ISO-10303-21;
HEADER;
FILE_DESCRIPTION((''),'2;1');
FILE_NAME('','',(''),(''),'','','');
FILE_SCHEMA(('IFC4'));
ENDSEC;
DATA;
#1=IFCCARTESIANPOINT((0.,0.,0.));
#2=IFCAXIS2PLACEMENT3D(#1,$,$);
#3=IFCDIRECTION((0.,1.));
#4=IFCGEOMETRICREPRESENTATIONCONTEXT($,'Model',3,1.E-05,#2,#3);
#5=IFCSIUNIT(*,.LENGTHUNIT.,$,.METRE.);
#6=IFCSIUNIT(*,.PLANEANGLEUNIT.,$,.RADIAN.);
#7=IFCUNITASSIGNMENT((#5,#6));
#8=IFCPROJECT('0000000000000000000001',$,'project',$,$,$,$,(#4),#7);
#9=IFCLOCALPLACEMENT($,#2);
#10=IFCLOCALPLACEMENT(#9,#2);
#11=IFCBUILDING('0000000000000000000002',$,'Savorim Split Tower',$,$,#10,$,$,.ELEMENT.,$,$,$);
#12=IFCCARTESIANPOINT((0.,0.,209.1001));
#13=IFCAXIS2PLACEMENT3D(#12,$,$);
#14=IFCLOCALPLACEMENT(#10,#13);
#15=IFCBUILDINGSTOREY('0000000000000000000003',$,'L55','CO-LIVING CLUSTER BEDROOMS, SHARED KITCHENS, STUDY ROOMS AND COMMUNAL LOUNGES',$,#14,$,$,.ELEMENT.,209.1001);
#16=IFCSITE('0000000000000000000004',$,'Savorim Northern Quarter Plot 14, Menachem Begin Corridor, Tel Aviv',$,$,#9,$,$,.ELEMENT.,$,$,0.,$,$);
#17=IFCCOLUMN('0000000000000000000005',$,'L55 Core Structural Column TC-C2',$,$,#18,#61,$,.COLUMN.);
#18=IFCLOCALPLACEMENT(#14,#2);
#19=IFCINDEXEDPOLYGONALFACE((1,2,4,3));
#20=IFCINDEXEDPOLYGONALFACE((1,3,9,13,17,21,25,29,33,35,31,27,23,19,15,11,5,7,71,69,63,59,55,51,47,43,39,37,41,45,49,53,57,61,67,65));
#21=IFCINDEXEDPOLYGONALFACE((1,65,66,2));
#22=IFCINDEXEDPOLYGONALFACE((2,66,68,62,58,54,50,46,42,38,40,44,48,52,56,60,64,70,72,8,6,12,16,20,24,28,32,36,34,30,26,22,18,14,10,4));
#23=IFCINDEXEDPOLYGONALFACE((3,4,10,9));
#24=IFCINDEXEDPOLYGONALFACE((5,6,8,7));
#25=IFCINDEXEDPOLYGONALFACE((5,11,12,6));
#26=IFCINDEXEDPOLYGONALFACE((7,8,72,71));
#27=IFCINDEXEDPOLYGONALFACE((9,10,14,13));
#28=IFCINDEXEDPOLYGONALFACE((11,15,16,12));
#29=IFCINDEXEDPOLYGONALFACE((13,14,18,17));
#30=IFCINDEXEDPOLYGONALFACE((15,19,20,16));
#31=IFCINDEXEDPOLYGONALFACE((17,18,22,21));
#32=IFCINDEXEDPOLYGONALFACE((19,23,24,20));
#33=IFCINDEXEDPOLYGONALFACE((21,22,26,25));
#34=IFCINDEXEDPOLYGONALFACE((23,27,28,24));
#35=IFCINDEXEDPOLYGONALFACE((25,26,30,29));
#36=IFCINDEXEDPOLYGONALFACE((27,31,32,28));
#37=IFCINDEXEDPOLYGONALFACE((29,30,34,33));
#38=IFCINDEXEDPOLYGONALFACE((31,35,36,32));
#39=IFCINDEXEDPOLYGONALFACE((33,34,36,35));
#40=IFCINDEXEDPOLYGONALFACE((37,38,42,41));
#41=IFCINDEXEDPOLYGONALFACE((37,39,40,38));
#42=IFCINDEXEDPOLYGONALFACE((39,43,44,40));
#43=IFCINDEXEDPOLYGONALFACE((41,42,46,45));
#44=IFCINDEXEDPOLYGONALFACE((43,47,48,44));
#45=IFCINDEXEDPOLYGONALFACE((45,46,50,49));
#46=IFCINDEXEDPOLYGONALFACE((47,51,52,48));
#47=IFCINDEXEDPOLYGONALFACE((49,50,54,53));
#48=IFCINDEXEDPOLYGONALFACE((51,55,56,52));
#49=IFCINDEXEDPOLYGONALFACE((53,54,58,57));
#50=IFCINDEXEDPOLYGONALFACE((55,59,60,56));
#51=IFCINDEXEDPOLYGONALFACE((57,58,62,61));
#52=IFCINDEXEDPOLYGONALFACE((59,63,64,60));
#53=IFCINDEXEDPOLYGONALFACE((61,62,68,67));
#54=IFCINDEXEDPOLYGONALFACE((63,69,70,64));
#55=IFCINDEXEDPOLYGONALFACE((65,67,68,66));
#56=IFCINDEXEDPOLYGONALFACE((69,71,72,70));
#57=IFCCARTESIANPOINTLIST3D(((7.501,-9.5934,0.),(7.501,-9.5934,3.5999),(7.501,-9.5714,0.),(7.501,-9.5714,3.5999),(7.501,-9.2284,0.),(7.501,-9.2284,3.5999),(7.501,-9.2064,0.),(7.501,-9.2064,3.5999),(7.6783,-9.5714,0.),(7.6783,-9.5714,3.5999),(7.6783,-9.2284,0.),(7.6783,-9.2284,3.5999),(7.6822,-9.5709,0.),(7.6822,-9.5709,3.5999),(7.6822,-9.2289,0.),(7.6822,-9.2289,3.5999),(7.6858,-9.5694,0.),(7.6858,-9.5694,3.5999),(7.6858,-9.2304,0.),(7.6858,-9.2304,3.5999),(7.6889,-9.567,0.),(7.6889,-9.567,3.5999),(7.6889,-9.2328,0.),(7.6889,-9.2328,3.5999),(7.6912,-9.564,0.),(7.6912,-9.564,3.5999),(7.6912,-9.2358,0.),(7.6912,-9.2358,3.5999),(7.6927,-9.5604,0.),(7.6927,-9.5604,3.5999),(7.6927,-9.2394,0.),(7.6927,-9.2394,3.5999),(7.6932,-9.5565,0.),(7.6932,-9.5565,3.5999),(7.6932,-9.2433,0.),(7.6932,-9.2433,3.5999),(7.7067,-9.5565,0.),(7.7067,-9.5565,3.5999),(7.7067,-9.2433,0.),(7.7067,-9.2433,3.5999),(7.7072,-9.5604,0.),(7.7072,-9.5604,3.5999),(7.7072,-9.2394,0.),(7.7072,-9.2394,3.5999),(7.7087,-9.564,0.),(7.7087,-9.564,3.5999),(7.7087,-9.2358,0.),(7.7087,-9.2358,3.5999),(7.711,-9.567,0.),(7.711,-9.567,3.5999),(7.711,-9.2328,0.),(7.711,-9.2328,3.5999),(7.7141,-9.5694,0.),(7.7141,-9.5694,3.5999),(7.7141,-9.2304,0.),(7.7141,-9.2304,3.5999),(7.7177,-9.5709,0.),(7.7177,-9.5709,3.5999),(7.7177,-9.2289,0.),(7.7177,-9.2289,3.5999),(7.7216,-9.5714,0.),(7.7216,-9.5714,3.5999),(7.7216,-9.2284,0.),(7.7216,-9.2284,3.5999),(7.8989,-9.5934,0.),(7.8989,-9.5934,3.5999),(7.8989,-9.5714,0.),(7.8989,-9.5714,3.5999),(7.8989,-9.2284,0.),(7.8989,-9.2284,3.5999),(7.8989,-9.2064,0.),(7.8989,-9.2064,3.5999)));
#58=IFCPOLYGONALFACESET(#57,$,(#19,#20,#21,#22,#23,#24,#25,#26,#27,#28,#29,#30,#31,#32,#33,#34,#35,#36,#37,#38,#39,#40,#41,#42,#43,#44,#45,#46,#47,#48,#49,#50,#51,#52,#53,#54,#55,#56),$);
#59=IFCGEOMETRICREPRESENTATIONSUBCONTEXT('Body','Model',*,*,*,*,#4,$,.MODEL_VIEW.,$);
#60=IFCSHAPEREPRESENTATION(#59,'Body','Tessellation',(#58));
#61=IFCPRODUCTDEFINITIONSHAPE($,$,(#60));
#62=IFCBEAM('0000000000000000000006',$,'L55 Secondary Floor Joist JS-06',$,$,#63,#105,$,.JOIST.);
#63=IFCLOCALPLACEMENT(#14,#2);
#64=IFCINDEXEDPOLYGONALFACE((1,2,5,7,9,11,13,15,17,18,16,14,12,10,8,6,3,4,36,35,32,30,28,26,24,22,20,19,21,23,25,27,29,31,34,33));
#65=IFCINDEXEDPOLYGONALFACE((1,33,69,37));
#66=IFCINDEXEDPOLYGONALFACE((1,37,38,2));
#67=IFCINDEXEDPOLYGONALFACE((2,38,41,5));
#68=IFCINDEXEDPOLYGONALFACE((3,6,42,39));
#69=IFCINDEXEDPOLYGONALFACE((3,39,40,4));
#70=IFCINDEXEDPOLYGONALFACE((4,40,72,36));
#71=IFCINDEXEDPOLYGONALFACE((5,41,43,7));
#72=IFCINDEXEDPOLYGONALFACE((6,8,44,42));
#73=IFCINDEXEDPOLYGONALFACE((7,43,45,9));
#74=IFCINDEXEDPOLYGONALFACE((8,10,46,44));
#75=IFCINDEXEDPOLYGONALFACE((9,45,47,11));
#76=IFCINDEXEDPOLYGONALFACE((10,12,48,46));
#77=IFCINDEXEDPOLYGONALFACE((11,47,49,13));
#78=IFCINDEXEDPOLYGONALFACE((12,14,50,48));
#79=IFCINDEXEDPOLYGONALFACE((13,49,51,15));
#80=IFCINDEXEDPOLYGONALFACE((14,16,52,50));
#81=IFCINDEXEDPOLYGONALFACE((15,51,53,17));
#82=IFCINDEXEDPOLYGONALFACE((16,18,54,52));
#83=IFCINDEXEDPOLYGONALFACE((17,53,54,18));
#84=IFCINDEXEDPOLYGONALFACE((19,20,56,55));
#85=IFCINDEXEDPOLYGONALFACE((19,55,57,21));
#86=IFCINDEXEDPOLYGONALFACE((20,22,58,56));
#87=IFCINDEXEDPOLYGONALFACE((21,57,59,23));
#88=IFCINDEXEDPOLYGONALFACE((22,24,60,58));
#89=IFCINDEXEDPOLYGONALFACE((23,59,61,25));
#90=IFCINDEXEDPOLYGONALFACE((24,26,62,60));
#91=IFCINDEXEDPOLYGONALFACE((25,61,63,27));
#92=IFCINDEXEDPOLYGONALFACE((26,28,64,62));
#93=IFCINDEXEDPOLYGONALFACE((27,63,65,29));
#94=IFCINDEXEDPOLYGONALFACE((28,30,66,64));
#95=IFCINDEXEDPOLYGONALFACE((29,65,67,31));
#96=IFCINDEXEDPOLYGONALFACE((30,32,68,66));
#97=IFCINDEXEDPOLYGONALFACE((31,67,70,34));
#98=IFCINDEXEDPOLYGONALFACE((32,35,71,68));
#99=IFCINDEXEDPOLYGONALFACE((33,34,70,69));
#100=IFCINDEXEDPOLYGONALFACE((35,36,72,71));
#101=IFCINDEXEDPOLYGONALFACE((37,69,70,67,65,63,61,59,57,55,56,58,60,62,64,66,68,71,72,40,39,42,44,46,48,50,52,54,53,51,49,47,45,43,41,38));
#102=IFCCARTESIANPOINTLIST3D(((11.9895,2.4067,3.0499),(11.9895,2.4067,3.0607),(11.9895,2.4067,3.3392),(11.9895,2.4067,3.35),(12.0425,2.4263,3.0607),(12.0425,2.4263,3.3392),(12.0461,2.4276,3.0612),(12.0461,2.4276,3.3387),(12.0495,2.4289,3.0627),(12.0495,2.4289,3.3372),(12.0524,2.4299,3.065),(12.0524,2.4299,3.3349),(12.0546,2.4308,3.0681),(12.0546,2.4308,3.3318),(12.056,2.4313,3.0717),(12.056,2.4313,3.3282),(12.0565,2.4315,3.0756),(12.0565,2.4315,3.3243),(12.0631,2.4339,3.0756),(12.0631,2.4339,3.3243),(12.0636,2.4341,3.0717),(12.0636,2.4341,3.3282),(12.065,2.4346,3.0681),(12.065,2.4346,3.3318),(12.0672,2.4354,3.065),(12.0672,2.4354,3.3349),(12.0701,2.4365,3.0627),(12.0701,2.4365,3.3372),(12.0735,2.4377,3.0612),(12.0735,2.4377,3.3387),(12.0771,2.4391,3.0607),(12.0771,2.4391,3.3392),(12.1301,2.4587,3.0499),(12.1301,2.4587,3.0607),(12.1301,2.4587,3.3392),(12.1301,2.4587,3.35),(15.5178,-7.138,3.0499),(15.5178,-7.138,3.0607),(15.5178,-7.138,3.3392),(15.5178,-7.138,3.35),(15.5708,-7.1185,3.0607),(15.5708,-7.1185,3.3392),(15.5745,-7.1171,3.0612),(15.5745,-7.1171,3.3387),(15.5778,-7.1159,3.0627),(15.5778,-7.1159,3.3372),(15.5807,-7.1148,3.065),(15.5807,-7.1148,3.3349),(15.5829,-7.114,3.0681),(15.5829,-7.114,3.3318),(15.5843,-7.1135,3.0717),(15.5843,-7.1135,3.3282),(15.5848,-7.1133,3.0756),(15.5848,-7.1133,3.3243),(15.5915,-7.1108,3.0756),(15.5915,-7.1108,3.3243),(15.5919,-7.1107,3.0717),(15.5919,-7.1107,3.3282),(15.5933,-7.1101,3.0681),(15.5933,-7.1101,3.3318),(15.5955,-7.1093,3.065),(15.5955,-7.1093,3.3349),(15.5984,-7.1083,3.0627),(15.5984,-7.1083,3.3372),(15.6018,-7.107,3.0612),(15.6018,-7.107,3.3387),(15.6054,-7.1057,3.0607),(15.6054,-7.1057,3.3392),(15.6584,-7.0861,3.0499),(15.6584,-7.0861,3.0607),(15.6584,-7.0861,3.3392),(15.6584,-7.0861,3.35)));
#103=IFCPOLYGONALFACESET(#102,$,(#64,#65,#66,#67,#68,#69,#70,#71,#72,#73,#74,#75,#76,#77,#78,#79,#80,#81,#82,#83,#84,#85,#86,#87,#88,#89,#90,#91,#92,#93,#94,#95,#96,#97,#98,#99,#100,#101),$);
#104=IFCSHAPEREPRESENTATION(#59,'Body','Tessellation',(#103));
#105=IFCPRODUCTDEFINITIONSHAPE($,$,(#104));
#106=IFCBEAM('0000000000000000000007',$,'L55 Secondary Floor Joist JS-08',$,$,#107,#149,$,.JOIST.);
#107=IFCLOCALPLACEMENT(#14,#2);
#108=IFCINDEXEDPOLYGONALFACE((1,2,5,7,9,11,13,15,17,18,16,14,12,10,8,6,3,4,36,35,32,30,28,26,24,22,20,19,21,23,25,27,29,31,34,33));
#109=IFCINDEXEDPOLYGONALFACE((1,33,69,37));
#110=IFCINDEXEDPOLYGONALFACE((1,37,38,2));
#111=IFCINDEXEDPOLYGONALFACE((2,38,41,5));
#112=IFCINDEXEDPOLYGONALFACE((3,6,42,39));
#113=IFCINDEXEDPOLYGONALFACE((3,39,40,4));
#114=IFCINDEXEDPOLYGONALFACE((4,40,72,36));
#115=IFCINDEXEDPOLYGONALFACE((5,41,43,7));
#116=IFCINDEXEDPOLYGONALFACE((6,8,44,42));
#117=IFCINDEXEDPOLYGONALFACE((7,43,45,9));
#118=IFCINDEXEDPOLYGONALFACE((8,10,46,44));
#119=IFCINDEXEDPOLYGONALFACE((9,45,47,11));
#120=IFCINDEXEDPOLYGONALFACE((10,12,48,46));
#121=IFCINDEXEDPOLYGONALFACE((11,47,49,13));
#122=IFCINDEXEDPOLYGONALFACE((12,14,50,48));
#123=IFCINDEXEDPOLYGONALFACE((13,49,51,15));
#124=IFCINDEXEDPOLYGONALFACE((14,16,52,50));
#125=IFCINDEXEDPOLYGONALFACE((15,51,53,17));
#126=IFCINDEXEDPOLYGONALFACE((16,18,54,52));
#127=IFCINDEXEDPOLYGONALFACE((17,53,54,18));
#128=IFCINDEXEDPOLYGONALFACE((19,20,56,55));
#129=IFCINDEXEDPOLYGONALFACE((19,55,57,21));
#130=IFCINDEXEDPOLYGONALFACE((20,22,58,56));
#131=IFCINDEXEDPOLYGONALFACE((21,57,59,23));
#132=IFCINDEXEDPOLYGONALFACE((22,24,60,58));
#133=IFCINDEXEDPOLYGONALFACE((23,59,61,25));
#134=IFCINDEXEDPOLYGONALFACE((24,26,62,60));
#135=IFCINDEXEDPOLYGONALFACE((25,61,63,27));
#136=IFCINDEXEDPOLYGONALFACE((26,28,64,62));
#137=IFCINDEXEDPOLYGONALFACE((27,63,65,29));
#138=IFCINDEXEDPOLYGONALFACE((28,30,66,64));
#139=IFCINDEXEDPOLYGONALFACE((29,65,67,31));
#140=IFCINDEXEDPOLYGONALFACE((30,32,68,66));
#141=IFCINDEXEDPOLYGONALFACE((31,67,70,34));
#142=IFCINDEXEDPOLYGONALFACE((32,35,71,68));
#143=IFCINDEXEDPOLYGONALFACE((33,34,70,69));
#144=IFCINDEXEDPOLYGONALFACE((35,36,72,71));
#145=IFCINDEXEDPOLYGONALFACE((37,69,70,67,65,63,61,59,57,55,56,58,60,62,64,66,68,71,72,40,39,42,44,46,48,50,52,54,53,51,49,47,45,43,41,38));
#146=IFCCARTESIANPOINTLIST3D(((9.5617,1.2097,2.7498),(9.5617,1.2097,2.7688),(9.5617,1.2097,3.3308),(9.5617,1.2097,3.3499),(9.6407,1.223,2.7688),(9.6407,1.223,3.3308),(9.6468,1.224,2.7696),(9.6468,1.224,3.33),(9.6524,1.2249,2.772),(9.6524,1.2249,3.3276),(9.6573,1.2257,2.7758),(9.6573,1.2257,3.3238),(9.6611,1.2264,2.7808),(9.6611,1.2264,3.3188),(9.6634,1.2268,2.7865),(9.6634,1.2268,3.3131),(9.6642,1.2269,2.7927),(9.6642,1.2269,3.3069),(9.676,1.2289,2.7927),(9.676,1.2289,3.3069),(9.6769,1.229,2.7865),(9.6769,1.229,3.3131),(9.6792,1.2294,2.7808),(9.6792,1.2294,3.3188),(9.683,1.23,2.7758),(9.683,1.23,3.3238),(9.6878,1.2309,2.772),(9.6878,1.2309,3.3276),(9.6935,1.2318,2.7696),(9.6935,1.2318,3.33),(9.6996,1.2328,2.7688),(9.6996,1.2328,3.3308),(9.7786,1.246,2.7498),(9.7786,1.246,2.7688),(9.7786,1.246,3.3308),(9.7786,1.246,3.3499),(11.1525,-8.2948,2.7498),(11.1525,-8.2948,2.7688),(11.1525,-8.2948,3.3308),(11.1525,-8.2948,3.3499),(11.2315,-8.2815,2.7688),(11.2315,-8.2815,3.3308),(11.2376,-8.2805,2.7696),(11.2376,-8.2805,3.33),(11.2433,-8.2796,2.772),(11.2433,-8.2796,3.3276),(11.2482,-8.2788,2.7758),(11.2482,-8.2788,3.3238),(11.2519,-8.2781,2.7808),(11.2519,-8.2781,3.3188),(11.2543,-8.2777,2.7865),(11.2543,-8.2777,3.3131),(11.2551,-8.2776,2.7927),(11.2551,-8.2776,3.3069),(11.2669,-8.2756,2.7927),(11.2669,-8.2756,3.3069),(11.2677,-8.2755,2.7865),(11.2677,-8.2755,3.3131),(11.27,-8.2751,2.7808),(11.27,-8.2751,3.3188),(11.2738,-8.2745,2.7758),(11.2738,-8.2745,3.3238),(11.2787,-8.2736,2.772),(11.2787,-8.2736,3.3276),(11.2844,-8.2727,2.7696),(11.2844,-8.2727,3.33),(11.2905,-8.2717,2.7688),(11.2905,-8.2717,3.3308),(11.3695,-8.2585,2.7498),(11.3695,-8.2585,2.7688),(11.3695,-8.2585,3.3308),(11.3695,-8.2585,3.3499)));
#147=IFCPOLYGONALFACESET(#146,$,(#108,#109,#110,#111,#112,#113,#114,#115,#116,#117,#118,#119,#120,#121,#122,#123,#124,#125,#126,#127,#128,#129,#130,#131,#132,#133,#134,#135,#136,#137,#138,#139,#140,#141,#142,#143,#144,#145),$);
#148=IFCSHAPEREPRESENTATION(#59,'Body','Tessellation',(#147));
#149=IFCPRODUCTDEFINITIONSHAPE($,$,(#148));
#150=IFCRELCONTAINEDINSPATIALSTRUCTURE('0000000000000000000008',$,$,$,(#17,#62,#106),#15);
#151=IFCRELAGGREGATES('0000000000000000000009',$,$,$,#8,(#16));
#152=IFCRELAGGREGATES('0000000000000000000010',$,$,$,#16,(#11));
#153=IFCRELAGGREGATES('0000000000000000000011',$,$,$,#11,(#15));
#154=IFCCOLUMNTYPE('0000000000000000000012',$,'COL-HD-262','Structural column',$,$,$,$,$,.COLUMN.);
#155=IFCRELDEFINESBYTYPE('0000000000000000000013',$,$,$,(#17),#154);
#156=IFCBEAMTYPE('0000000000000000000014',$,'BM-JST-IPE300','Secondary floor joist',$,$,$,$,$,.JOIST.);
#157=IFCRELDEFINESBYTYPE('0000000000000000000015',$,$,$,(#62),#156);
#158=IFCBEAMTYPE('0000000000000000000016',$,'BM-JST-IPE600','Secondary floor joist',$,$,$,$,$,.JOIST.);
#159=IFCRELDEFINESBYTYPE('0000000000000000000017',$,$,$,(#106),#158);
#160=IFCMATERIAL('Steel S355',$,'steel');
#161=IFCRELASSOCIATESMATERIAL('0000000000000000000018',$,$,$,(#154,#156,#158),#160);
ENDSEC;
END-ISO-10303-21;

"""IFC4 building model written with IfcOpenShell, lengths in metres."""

from ifc_helpers import new_model, si_unit, direction, frame, origin, origin_2d, place, context, subcontext, project, spatial, i_section, extrude, material, material_profile, profile_set, type_object, element, save


model = new_model("IFC4")

# Units and contexts
model_context = context("Model", 3, precision=1e-05, world=origin(), true_north=direction((0.0, 1.0)))
body_context = subcontext(model_context, "Body", "Model", "MODEL_VIEW")
ifc_project = project(units=[si_unit("LENGTHUNIT", "METRE"), si_unit("PLANEANGLEUNIT", "RADIAN")], contexts=[model_context])

# Site, building, storey
site_placement = place(None, origin())
site = spatial("IfcSite", under=ifc_project, at=site_placement, Name="Savorim Northern Quarter Plot 14, Menachem Begin Corridor, Tel Aviv", CompositionType="ELEMENT", RefElevation=0.0)
building_placement = place(site_placement, origin())
building = spatial("IfcBuilding", under=site, at=building_placement, Name="Savorim Split Tower", CompositionType="ELEMENT")
storey_placement = place(building_placement, frame((0.0, 0.0, 209.1001)))
storey = spatial("IfcBuildingStorey", under=building, at=storey_placement, Name="L55", Description="CO-LIVING CLUSTER BEDROOMS, SHARED KITCHENS, STUDY ROOMS AND COMMUNAL LOUNGES", CompositionType="ELEMENT", Elevation=209.1001)

# Column
ifc_material_1 = material(Name="Steel S355", Category="steel")
ifc_material_profile_1 = material_profile(ifc_material_1, i_section(OverallWidth=0.3979, OverallDepth=0.387, WebThickness=0.0134, FlangeThickness=0.022, FilletRadius=0.0149, at=origin_2d()), Name="HD 400x262")
ifc_profile_set_1 = profile_set([ifc_material_profile_1], Name="Steel S355")
column_type = type_object("IfcColumnType", Name="COL-HD-262", Description="Structural column", PredefinedType="COLUMN", material=ifc_profile_set_1)
column_placement = place(storey_placement, frame((7.7, -9.3999, 0.0), z_axis=(0.0, 0.0, 1.0), x_axis=(1.0, 0.0, 0.0)))
element("IfcColumn", 1, at=column_placement, inside=storey, type_object=column_type, Name="L55 Core Structural Column TC-C2", PredefinedType="COLUMN", context=body_context, shape_type="SweptSolid", body=[
    extrude(i_section(OverallWidth=0.3979, OverallDepth=0.387, WebThickness=0.0134, FlangeThickness=0.022, FilletRadius=0.0149, at=origin_2d()), origin(), (0.0, 0.0, 1.0), 3.5999),
])

# Beams
ifc_material_profile_2 = material_profile(ifc_material_1, i_section(OverallWidth=0.1499, OverallDepth=0.3, WebThickness=0.0071, FlangeThickness=0.0107, FilletRadius=0.0149, at=origin_2d()), Name="IPE 300")
ifc_profile_set_2 = profile_set([ifc_material_profile_2], Name="Steel S355")
beam_type_1 = type_object("IfcBeamType", Name="BM-JST-IPE300", Description="Secondary floor joist", PredefinedType="JOIST", material=ifc_profile_set_2)
beam_1_placement = place(storey_placement, frame((15.5881, -7.1121, 3.2), z_axis=(-0.346731, 0.937964, 0.0), x_axis=(-0.937964, -0.346731, 0.0)))
element("IfcBeam", 2, at=beam_1_placement, inside=storey, type_object=beam_type_1, Name="L55 Secondary Floor Joist JS-06", PredefinedType="JOIST", context=body_context, shape_type="SweptSolid", body=[
    extrude(i_section(OverallWidth=0.1499, OverallDepth=0.3, WebThickness=0.0071, FlangeThickness=0.0107, FilletRadius=0.0149, at=origin_2d()), origin(), (0.0, 0.0, 1.0), 10.176),
])
ifc_material_profile_3 = material_profile(ifc_material_1, i_section(OverallWidth=0.22, OverallDepth=0.6001, WebThickness=0.012, FlangeThickness=0.019, FilletRadius=0.0239, at=origin_2d()), Name="IPE 600")
ifc_profile_set_3 = profile_set([ifc_material_profile_3], Name="Steel S355")
beam_type_2 = type_object("IfcBeamType", Name="BM-JST-IPE600", Description="Secondary floor joist", PredefinedType="JOIST", material=ifc_profile_set_3)
beam_2_placement = place(storey_placement, frame((11.261, -8.2766, 3.0498), z_axis=(-0.165081, 0.98628, 0.0), x_axis=(-0.98628, -0.165081, 0.0)))
element("IfcBeam", 3, at=beam_2_placement, inside=storey, type_object=beam_type_2, Name="L55 Secondary Floor Joist JS-08", PredefinedType="JOIST", context=body_context, shape_type="SweptSolid", body=[
    extrude(i_section(OverallWidth=0.22, OverallDepth=0.6001, WebThickness=0.012, FlangeThickness=0.019, FilletRadius=0.0239, at=origin_2d()), origin(), (0.0, 0.0, 1.0), 9.6367),
])

save(model, "model.ifc")
